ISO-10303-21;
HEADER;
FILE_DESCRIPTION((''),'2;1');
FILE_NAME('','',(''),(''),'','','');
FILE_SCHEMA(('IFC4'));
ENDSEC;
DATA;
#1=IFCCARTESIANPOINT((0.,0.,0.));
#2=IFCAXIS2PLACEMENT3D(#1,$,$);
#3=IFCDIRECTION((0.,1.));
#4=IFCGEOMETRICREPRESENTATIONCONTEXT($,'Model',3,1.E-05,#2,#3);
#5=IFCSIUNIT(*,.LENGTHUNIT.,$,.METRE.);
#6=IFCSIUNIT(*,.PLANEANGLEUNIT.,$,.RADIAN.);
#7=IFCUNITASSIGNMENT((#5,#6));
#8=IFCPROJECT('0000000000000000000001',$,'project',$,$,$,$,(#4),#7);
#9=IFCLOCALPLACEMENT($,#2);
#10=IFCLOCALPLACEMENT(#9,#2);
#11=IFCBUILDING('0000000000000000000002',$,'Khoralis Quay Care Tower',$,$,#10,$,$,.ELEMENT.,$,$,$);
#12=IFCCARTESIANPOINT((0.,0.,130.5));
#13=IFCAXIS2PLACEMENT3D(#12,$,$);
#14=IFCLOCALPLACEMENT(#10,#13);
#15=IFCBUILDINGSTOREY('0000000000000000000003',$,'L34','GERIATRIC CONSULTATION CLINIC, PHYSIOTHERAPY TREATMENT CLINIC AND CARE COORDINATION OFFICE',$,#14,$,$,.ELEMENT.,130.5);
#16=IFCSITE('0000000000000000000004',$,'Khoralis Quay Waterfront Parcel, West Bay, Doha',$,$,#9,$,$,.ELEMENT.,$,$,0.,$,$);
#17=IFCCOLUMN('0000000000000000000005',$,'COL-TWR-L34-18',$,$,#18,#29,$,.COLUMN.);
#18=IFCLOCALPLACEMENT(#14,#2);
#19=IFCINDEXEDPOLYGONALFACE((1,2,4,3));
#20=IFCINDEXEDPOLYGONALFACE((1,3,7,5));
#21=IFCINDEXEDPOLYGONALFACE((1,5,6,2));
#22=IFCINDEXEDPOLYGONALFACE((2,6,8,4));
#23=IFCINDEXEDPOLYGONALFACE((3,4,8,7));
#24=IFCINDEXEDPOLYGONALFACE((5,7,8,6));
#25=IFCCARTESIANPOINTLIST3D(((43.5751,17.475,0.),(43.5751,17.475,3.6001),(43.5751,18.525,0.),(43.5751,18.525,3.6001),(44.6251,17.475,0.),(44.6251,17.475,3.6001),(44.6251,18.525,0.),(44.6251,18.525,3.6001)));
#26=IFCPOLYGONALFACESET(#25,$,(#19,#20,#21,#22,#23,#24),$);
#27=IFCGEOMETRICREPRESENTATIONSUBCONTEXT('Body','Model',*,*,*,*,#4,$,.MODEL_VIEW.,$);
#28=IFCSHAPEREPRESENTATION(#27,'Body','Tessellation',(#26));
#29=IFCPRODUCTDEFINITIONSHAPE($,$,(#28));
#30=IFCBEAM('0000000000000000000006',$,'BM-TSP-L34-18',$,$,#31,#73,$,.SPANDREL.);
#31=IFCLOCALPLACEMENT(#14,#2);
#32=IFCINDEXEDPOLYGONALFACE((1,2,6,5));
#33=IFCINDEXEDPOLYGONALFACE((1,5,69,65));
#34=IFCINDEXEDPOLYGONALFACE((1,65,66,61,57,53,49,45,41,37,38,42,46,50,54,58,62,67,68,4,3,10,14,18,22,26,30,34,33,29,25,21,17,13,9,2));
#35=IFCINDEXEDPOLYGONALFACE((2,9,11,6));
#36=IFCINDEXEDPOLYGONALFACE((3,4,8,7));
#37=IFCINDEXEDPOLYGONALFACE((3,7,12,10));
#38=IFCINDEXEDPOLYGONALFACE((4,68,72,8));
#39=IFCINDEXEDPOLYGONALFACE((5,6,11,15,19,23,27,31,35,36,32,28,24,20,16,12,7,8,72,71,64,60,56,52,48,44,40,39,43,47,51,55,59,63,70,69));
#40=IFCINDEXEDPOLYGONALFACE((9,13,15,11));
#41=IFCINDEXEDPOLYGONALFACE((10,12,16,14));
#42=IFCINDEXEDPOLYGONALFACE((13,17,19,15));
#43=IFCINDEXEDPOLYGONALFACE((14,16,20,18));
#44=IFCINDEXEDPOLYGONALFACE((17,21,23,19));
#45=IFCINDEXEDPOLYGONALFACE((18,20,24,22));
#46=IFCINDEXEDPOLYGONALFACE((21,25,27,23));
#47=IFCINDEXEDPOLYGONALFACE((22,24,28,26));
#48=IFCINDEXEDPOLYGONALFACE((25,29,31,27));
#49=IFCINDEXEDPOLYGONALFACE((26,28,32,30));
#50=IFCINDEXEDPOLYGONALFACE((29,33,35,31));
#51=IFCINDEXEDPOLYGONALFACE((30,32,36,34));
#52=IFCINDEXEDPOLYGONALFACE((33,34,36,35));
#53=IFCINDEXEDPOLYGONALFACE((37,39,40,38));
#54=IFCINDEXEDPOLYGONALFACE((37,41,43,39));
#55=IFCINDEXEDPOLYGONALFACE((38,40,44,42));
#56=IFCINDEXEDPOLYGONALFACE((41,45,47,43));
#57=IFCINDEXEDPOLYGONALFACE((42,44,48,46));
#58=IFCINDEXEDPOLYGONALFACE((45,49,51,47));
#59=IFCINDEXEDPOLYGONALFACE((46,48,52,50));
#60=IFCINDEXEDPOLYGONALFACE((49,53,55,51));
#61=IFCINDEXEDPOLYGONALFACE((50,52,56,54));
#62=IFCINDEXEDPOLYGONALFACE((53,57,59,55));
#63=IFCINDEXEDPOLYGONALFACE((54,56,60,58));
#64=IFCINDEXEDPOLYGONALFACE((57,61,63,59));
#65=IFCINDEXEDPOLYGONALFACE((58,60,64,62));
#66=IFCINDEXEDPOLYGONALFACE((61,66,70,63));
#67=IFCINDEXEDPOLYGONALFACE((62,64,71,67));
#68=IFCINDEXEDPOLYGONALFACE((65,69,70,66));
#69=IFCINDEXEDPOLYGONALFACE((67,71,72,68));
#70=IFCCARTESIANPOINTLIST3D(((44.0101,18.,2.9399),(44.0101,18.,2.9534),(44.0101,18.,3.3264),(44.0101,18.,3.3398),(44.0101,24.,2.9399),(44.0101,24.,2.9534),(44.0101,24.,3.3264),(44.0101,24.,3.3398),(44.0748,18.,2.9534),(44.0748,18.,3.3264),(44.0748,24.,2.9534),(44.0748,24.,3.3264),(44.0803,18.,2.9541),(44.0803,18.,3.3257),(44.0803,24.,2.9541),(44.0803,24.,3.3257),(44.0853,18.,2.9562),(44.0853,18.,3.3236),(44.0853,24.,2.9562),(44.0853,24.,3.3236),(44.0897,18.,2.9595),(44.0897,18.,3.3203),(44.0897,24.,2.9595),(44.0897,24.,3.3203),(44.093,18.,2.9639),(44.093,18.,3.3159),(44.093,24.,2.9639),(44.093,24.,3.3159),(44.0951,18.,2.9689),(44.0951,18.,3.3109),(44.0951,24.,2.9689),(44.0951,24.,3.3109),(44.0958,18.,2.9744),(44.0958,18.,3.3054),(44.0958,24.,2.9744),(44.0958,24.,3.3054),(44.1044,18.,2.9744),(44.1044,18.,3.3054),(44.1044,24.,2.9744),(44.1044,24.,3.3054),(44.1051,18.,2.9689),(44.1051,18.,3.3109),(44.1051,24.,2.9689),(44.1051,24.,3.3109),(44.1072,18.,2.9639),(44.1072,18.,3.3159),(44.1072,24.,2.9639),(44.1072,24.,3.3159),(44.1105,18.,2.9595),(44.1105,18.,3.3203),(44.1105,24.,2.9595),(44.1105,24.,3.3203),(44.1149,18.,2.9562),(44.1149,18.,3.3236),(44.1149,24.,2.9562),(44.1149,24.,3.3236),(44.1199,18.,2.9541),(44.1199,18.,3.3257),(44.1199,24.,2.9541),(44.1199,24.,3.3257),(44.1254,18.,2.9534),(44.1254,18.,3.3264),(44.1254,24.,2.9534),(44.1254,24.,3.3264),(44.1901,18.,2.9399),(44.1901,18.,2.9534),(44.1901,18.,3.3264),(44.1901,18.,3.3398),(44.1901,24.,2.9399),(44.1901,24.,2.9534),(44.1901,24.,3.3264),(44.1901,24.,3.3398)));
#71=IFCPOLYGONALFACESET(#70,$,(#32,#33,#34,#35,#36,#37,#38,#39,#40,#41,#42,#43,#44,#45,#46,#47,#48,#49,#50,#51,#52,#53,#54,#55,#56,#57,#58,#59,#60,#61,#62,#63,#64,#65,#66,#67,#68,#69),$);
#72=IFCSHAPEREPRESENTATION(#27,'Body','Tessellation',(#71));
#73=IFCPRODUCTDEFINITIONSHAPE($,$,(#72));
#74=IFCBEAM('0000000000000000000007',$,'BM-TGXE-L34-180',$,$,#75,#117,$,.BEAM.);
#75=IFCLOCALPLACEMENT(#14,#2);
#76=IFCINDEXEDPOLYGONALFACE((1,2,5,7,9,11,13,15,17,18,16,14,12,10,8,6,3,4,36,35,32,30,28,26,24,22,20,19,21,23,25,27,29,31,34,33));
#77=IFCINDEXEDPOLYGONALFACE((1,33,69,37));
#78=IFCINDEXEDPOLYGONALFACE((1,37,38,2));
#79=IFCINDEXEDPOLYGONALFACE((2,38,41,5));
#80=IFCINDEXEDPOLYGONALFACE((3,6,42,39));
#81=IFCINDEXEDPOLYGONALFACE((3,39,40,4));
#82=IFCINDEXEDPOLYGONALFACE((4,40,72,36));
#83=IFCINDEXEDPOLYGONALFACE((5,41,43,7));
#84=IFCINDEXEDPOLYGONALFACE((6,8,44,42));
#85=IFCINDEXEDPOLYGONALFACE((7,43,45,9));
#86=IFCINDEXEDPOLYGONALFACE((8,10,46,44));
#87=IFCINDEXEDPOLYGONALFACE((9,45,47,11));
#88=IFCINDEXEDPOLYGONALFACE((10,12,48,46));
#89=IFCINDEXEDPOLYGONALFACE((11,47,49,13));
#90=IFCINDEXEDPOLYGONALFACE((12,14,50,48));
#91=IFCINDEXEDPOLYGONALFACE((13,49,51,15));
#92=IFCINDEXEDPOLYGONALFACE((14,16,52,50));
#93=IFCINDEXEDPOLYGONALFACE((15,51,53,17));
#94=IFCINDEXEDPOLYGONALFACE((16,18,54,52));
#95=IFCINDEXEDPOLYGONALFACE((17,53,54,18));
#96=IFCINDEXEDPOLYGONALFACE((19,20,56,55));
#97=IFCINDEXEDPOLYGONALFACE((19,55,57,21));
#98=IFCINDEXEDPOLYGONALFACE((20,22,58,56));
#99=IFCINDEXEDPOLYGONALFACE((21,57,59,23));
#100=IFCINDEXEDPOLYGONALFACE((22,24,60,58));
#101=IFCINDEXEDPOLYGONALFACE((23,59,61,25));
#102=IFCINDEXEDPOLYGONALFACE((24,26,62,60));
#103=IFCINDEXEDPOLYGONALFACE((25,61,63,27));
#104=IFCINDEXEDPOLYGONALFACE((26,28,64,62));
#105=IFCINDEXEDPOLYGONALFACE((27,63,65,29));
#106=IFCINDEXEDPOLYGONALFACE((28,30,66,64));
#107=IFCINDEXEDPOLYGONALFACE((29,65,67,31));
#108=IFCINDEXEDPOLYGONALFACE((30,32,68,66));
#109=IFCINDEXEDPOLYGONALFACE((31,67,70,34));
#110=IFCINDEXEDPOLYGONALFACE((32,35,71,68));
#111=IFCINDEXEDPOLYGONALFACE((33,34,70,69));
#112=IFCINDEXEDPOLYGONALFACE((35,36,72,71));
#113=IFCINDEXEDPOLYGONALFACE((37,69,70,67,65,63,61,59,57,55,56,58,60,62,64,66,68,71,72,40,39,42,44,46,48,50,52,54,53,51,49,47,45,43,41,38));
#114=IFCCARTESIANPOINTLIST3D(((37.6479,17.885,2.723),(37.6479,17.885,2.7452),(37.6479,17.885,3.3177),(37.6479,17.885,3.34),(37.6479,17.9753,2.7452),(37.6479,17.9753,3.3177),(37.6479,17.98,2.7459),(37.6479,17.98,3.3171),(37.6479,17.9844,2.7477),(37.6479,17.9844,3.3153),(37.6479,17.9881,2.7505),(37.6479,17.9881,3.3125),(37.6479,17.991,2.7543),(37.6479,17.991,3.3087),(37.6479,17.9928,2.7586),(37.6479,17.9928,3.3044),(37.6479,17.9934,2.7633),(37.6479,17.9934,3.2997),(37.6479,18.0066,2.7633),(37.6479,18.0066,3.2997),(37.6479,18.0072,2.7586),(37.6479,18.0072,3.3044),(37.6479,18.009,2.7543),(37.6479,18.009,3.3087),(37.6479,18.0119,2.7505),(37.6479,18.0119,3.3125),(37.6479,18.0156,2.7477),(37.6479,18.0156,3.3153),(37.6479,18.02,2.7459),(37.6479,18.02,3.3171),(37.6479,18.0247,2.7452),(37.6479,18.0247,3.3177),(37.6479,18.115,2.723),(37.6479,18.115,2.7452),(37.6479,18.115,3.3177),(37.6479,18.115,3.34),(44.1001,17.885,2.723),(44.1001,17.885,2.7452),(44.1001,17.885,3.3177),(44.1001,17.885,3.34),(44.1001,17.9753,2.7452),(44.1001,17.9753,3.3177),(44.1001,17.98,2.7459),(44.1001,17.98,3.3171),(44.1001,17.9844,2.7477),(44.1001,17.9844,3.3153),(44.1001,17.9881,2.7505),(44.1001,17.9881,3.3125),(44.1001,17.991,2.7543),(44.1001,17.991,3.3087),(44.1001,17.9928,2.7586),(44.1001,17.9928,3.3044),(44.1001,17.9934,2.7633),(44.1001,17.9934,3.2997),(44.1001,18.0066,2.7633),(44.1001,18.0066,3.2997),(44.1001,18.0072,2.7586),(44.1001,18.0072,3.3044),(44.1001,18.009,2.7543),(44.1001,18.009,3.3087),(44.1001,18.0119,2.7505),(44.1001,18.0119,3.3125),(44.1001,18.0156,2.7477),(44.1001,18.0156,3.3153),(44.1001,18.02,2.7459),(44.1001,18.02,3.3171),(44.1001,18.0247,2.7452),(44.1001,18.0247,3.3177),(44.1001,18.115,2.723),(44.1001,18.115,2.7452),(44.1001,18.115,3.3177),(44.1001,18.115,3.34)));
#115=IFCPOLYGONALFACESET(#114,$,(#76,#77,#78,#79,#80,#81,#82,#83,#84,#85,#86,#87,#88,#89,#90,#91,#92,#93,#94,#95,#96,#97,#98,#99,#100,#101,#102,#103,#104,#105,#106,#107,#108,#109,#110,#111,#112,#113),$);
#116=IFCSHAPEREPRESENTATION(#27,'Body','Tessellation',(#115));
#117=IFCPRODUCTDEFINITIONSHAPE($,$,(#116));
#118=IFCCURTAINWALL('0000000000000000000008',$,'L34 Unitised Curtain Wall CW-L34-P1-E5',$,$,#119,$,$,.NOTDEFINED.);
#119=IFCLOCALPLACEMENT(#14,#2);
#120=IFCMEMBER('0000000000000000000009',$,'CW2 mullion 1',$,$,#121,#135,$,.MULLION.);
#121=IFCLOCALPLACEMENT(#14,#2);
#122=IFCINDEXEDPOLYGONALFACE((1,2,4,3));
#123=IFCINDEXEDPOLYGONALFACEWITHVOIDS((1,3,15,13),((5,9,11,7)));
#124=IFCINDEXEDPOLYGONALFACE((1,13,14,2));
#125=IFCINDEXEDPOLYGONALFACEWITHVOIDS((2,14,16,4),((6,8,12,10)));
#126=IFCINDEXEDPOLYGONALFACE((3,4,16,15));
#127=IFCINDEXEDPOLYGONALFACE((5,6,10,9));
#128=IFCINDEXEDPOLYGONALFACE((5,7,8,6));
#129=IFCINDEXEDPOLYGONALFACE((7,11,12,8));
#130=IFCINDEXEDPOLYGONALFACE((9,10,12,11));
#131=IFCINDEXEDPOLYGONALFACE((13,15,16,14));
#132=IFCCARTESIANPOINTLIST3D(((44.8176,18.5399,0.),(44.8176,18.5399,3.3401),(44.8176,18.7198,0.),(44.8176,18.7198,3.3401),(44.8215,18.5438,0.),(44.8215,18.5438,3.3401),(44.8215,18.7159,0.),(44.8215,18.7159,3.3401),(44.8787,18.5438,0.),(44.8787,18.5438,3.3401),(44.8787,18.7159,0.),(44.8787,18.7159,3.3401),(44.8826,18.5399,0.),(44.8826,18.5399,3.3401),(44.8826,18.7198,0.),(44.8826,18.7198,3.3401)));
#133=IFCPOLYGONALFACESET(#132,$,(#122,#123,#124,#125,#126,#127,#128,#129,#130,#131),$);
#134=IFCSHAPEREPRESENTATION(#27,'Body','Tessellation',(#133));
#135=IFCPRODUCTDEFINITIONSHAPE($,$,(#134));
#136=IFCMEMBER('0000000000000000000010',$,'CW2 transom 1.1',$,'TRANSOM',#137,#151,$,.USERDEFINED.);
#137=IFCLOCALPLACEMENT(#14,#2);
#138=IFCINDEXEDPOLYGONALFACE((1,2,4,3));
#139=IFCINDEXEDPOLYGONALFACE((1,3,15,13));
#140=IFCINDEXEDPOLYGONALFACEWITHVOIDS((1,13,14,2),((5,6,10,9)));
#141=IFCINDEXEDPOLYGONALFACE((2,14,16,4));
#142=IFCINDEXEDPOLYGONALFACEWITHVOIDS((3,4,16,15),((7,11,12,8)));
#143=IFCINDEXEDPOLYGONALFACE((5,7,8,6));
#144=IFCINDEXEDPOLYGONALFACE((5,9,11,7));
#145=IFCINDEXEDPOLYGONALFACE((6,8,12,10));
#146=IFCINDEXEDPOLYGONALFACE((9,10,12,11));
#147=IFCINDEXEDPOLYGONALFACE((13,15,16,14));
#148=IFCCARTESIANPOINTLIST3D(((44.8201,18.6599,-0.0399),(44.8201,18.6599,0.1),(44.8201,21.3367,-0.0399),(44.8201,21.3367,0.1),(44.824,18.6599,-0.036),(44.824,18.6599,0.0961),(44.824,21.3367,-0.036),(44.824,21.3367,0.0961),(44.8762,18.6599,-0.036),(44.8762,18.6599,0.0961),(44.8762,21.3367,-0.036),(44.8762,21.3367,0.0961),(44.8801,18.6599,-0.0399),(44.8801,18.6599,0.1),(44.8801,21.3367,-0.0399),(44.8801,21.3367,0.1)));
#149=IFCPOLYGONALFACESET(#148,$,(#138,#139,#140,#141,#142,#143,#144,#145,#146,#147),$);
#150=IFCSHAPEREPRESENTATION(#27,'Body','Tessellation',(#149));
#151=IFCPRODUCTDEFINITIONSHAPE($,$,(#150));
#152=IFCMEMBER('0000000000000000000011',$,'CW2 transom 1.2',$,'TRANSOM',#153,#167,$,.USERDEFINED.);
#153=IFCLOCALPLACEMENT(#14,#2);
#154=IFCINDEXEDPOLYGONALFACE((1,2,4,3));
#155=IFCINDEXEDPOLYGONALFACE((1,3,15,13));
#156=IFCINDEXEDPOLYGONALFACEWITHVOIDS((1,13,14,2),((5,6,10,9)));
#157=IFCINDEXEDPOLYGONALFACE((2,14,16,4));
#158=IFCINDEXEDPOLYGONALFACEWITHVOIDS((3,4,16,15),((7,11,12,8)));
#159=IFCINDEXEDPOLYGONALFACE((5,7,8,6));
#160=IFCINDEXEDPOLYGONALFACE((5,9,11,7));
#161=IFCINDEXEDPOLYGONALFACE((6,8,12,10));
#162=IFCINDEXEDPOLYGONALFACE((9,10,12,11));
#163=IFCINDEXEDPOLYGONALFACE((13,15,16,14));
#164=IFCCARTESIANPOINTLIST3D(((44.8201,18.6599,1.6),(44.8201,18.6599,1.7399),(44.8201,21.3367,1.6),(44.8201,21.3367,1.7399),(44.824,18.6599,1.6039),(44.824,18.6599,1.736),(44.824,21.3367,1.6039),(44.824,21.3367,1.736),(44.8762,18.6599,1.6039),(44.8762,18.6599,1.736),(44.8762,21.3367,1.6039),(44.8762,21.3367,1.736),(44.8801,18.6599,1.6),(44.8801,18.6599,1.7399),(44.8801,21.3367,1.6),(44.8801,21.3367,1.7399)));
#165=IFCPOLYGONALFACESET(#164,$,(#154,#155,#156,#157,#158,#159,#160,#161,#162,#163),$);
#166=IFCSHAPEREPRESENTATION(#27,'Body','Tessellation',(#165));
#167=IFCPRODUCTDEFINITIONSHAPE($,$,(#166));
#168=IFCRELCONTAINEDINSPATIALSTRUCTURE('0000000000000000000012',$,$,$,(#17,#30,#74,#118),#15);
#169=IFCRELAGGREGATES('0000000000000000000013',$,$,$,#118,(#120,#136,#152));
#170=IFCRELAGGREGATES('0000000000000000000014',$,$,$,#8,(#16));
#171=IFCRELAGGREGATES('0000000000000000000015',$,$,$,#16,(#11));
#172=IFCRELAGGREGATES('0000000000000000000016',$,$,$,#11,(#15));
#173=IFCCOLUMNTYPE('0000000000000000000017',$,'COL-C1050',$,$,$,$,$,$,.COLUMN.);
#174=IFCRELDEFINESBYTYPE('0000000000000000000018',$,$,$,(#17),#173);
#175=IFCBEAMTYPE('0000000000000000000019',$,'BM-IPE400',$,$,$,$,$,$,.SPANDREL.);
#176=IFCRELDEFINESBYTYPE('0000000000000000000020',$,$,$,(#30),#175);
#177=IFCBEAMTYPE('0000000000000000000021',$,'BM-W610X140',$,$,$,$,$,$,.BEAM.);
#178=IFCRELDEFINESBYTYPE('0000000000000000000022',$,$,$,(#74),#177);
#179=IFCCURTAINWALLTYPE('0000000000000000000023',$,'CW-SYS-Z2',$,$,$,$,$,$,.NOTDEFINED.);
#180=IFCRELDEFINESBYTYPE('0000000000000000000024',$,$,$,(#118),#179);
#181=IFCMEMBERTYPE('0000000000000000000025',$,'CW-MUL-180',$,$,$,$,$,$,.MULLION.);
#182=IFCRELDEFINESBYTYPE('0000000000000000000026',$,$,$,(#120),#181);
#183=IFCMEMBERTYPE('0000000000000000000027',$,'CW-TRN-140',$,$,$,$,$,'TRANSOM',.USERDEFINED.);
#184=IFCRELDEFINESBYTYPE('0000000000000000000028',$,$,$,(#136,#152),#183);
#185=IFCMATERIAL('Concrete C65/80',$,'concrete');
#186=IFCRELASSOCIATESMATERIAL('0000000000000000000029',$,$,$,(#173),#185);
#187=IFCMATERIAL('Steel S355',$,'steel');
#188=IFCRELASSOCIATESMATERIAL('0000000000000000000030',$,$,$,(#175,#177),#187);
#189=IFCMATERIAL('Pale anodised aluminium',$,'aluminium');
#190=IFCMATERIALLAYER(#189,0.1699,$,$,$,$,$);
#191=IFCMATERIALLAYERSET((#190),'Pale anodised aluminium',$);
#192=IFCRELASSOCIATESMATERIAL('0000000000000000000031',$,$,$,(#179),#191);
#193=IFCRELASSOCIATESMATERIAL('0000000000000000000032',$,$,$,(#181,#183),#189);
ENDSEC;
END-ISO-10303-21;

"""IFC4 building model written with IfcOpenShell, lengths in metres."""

from ifc_helpers import new_model, si_unit, direction, frame, origin, origin_2d, place, context, subcontext, project, spatial, rectangle, hollow_rectangle, i_section, extrude, source, transform, mapped, material, layer, layer_set, material_profile, profile_set, type_object, element, aggregate, save


model = new_model("IFC4")

# Units and contexts
model_context = context("Model", 3, precision=1e-05, world=origin(), true_north=direction((0.0, 1.0)))
body_context = subcontext(model_context, "Body", "Model", "MODEL_VIEW")
ifc_project = project(units=[si_unit("LENGTHUNIT", "METRE"), si_unit("PLANEANGLEUNIT", "RADIAN")], contexts=[model_context])

# Site, building, storey
site_placement = place(None, origin())
site = spatial("IfcSite", under=ifc_project, at=site_placement, Name="Khoralis Quay Waterfront Parcel, West Bay, Doha", CompositionType="ELEMENT", RefElevation=0.0)
building_placement = place(site_placement, origin())
building = spatial("IfcBuilding", under=site, at=building_placement, Name="Khoralis Quay Care Tower", CompositionType="ELEMENT")
storey_placement = place(building_placement, frame((0.0, 0.0, 130.5)))
storey = spatial("IfcBuildingStorey", under=building, at=storey_placement, Name="L34", Description="GERIATRIC CONSULTATION CLINIC, PHYSIOTHERAPY TREATMENT CLINIC AND CARE COORDINATION OFFICE", CompositionType="ELEMENT", Elevation=130.5)

# Column
ifc_material_1 = material(Name="Concrete C65/80", Category="concrete")
ifc_material_profile_1 = material_profile(ifc_material_1, rectangle(XDim=1.05, YDim=1.05, at=origin_2d()), Name="Concrete C65/80")
ifc_profile_set_1 = profile_set([ifc_material_profile_1], Name="Concrete C65/80")
column_type = type_object("IfcColumnType", Name="COL-C1050", PredefinedType="COLUMN", material=ifc_profile_set_1)
shared_shape_1 = source(origin(), body_context, "Body", "SweptSolid", [
    extrude(rectangle(XDim=1.05, YDim=1.05, at=origin_2d()), origin(), (0.0, 0.0, 1.0), 3.6001),
])
column_placement = place(storey_placement, frame((44.1001, 18.0, 0.0), z_axis=(0.0, 0.0, 1.0), x_axis=(1.0, 0.0, 0.0)))
element("IfcColumn", 1, at=column_placement, inside=storey, type_object=column_type, Name="COL-TWR-L34-18", PredefinedType="COLUMN", context=body_context, shape_type="MappedRepresentation", body=[
    mapped(shared_shape_1, transform((0.0, 0.0, 0.0), scale=1.0)),
])

# Beams
ifc_material_2 = material(Name="Steel S355", Category="steel")
ifc_material_profile_2 = material_profile(ifc_material_2, i_section(OverallWidth=0.1799, OverallDepth=0.3999, WebThickness=0.0085, FlangeThickness=0.0134, FilletRadius=0.021, at=origin_2d()), Name="Steel S355")
ifc_profile_set_2 = profile_set([ifc_material_profile_2], Name="Steel S355")
beam_type_1 = type_object("IfcBeamType", Name="BM-IPE400", PredefinedType="SPANDREL", material=ifc_profile_set_2)
shared_shape_2 = source(origin(), body_context, "Body", "SweptSolid", [
    extrude(i_section(OverallWidth=0.1799, OverallDepth=0.3999, WebThickness=0.0085, FlangeThickness=0.0134, FilletRadius=0.021, at=origin_2d()), origin(), (0.0, 0.0, 1.0), 6.0),
])
beam_1_placement = place(storey_placement, frame((44.1001, 18.0, 3.1399), z_axis=(0.0, 1.0, 0.0), x_axis=(-1.0, 0.0, 0.0)))
element("IfcBeam", 2, at=beam_1_placement, inside=storey, type_object=beam_type_1, Name="BM-TSP-L34-18", PredefinedType="SPANDREL", context=body_context, shape_type="MappedRepresentation", body=[
    mapped(shared_shape_2, transform((0.0, 0.0, 0.0), scale=1.0)),
])
ifc_material_profile_3 = material_profile(ifc_material_2, i_section(OverallWidth=0.23, OverallDepth=0.6169, WebThickness=0.0132, FlangeThickness=0.0222, FilletRadius=0.0181, at=origin_2d()), Name="Steel S355")
ifc_profile_set_3 = profile_set([ifc_material_profile_3], Name="Steel S355")
beam_type_2 = type_object("IfcBeamType", Name="BM-W610X140", PredefinedType="BEAM", material=ifc_profile_set_3)
shared_shape_3 = source(origin(), body_context, "Body", "SweptSolid", [
    extrude(i_section(OverallWidth=0.23, OverallDepth=0.6169, WebThickness=0.0132, FlangeThickness=0.0222, FilletRadius=0.0181, at=origin_2d()), origin(), (0.0, 0.0, 1.0), 6.4521),
])
beam_2_placement = place(storey_placement, frame((37.6479, 18.0, 3.0315), z_axis=(1.0, 0.0, 0.0), x_axis=(0.0, 1.0, 0.0)))
element("IfcBeam", 3, at=beam_2_placement, inside=storey, type_object=beam_type_2, Name="BM-TGXE-L34-180", PredefinedType="BEAM", context=body_context, shape_type="MappedRepresentation", body=[
    mapped(shared_shape_3, transform((0.0, 0.0, 0.0), scale=1.0)),
])

# Curtain wall, members
ifc_material_3 = material(Name="Pale anodised aluminium", Category="aluminium")
ifc_layer_1 = layer(ifc_material_3, 0.1699)
ifc_layer_set_1 = layer_set([ifc_layer_1], Name="Pale anodised aluminium")
curtain_wall_type = type_object("IfcCurtainWallType", Name="CW-SYS-Z2", PredefinedType="NOTDEFINED", material=ifc_layer_set_1)
curtain_wall_placement = place(storey_placement, origin())
curtain_wall = element("IfcCurtainWall", 4, at=curtain_wall_placement, inside=storey, type_object=curtain_wall_type, Name="L34 Unitised Curtain Wall CW-L34-P1-E5", PredefinedType="NOTDEFINED")
ifc_material_profile_4 = material_profile(ifc_material_3, hollow_rectangle(XDim=0.0649, YDim=0.1799, WallThickness=0.0039, at=origin_2d()), Name="Pale anodised aluminium")
ifc_profile_set_4 = profile_set([ifc_material_profile_4], Name="Pale anodised aluminium")
member_type_1 = type_object("IfcMemberType", Name="CW-MUL-180", PredefinedType="MULLION", material=ifc_profile_set_4)
shared_shape_4 = source(origin(), body_context, "Body", "SweptSolid", [
    extrude(hollow_rectangle(XDim=0.0649, YDim=0.1799, WallThickness=0.0039, at=origin_2d()), origin(), (0.0, 0.0, 1.0), 3.3401),
])
member_1_placement = place(storey_placement, frame((44.8501, 18.6299, 0.0), z_axis=(0.0, 0.0, 1.0), x_axis=(-1.0, 0.0, 0.0)))
member_1 = element("IfcMember", 5, at=member_1_placement, type_object=member_type_1, Name="CW2 mullion 1", PredefinedType="MULLION", context=body_context, shape_type="MappedRepresentation", body=[
    mapped(shared_shape_4, transform((0.0, 0.0, 0.0), scale=1.0)),
])
ifc_material_profile_5 = material_profile(ifc_material_3, hollow_rectangle(XDim=0.0601, YDim=0.1399, WallThickness=0.0039, at=origin_2d()), Name="Pale anodised aluminium")
ifc_profile_set_5 = profile_set([ifc_material_profile_5], Name="Pale anodised aluminium")
member_type_2 = type_object("IfcMemberType", Name="CW-TRN-140", ElementType="TRANSOM", PredefinedType="USERDEFINED", material=ifc_profile_set_5)
shared_shape_5 = source(origin(), body_context, "Body", "SweptSolid", [
    extrude(hollow_rectangle(XDim=0.0601, YDim=0.1399, WallThickness=0.0039, at=origin_2d()), origin(), (0.0, 0.0, 1.0), 2.6768),
])
member_2_placement = place(storey_placement, frame((44.8501, 18.6599, 0.03), z_axis=(0.0, 1.0, 0.0), x_axis=(-1.0, 0.0, 0.0)))
member_2 = element("IfcMember", 6, at=member_2_placement, type_object=member_type_2, Name="CW2 transom 1.1", ObjectType="TRANSOM", PredefinedType="USERDEFINED", context=body_context, shape_type="MappedRepresentation", body=[
    mapped(shared_shape_5, transform((0.0, 0.0, 0.0), scale=1.0)),
])
member_3_placement = place(storey_placement, frame((44.8501, 18.6599, 1.6699), z_axis=(0.0, 1.0, 0.0), x_axis=(-1.0, 0.0, 0.0)))
member_3 = element("IfcMember", 7, at=member_3_placement, type_object=member_type_2, Name="CW2 transom 1.2", ObjectType="TRANSOM", PredefinedType="USERDEFINED", context=body_context, shape_type="MappedRepresentation", body=[
    mapped(shared_shape_5, transform((0.0, 0.0, 0.0), scale=1.0)),
])
aggregate(curtain_wall, [member_1, member_2, member_3])

save(model, "model.ifc")
